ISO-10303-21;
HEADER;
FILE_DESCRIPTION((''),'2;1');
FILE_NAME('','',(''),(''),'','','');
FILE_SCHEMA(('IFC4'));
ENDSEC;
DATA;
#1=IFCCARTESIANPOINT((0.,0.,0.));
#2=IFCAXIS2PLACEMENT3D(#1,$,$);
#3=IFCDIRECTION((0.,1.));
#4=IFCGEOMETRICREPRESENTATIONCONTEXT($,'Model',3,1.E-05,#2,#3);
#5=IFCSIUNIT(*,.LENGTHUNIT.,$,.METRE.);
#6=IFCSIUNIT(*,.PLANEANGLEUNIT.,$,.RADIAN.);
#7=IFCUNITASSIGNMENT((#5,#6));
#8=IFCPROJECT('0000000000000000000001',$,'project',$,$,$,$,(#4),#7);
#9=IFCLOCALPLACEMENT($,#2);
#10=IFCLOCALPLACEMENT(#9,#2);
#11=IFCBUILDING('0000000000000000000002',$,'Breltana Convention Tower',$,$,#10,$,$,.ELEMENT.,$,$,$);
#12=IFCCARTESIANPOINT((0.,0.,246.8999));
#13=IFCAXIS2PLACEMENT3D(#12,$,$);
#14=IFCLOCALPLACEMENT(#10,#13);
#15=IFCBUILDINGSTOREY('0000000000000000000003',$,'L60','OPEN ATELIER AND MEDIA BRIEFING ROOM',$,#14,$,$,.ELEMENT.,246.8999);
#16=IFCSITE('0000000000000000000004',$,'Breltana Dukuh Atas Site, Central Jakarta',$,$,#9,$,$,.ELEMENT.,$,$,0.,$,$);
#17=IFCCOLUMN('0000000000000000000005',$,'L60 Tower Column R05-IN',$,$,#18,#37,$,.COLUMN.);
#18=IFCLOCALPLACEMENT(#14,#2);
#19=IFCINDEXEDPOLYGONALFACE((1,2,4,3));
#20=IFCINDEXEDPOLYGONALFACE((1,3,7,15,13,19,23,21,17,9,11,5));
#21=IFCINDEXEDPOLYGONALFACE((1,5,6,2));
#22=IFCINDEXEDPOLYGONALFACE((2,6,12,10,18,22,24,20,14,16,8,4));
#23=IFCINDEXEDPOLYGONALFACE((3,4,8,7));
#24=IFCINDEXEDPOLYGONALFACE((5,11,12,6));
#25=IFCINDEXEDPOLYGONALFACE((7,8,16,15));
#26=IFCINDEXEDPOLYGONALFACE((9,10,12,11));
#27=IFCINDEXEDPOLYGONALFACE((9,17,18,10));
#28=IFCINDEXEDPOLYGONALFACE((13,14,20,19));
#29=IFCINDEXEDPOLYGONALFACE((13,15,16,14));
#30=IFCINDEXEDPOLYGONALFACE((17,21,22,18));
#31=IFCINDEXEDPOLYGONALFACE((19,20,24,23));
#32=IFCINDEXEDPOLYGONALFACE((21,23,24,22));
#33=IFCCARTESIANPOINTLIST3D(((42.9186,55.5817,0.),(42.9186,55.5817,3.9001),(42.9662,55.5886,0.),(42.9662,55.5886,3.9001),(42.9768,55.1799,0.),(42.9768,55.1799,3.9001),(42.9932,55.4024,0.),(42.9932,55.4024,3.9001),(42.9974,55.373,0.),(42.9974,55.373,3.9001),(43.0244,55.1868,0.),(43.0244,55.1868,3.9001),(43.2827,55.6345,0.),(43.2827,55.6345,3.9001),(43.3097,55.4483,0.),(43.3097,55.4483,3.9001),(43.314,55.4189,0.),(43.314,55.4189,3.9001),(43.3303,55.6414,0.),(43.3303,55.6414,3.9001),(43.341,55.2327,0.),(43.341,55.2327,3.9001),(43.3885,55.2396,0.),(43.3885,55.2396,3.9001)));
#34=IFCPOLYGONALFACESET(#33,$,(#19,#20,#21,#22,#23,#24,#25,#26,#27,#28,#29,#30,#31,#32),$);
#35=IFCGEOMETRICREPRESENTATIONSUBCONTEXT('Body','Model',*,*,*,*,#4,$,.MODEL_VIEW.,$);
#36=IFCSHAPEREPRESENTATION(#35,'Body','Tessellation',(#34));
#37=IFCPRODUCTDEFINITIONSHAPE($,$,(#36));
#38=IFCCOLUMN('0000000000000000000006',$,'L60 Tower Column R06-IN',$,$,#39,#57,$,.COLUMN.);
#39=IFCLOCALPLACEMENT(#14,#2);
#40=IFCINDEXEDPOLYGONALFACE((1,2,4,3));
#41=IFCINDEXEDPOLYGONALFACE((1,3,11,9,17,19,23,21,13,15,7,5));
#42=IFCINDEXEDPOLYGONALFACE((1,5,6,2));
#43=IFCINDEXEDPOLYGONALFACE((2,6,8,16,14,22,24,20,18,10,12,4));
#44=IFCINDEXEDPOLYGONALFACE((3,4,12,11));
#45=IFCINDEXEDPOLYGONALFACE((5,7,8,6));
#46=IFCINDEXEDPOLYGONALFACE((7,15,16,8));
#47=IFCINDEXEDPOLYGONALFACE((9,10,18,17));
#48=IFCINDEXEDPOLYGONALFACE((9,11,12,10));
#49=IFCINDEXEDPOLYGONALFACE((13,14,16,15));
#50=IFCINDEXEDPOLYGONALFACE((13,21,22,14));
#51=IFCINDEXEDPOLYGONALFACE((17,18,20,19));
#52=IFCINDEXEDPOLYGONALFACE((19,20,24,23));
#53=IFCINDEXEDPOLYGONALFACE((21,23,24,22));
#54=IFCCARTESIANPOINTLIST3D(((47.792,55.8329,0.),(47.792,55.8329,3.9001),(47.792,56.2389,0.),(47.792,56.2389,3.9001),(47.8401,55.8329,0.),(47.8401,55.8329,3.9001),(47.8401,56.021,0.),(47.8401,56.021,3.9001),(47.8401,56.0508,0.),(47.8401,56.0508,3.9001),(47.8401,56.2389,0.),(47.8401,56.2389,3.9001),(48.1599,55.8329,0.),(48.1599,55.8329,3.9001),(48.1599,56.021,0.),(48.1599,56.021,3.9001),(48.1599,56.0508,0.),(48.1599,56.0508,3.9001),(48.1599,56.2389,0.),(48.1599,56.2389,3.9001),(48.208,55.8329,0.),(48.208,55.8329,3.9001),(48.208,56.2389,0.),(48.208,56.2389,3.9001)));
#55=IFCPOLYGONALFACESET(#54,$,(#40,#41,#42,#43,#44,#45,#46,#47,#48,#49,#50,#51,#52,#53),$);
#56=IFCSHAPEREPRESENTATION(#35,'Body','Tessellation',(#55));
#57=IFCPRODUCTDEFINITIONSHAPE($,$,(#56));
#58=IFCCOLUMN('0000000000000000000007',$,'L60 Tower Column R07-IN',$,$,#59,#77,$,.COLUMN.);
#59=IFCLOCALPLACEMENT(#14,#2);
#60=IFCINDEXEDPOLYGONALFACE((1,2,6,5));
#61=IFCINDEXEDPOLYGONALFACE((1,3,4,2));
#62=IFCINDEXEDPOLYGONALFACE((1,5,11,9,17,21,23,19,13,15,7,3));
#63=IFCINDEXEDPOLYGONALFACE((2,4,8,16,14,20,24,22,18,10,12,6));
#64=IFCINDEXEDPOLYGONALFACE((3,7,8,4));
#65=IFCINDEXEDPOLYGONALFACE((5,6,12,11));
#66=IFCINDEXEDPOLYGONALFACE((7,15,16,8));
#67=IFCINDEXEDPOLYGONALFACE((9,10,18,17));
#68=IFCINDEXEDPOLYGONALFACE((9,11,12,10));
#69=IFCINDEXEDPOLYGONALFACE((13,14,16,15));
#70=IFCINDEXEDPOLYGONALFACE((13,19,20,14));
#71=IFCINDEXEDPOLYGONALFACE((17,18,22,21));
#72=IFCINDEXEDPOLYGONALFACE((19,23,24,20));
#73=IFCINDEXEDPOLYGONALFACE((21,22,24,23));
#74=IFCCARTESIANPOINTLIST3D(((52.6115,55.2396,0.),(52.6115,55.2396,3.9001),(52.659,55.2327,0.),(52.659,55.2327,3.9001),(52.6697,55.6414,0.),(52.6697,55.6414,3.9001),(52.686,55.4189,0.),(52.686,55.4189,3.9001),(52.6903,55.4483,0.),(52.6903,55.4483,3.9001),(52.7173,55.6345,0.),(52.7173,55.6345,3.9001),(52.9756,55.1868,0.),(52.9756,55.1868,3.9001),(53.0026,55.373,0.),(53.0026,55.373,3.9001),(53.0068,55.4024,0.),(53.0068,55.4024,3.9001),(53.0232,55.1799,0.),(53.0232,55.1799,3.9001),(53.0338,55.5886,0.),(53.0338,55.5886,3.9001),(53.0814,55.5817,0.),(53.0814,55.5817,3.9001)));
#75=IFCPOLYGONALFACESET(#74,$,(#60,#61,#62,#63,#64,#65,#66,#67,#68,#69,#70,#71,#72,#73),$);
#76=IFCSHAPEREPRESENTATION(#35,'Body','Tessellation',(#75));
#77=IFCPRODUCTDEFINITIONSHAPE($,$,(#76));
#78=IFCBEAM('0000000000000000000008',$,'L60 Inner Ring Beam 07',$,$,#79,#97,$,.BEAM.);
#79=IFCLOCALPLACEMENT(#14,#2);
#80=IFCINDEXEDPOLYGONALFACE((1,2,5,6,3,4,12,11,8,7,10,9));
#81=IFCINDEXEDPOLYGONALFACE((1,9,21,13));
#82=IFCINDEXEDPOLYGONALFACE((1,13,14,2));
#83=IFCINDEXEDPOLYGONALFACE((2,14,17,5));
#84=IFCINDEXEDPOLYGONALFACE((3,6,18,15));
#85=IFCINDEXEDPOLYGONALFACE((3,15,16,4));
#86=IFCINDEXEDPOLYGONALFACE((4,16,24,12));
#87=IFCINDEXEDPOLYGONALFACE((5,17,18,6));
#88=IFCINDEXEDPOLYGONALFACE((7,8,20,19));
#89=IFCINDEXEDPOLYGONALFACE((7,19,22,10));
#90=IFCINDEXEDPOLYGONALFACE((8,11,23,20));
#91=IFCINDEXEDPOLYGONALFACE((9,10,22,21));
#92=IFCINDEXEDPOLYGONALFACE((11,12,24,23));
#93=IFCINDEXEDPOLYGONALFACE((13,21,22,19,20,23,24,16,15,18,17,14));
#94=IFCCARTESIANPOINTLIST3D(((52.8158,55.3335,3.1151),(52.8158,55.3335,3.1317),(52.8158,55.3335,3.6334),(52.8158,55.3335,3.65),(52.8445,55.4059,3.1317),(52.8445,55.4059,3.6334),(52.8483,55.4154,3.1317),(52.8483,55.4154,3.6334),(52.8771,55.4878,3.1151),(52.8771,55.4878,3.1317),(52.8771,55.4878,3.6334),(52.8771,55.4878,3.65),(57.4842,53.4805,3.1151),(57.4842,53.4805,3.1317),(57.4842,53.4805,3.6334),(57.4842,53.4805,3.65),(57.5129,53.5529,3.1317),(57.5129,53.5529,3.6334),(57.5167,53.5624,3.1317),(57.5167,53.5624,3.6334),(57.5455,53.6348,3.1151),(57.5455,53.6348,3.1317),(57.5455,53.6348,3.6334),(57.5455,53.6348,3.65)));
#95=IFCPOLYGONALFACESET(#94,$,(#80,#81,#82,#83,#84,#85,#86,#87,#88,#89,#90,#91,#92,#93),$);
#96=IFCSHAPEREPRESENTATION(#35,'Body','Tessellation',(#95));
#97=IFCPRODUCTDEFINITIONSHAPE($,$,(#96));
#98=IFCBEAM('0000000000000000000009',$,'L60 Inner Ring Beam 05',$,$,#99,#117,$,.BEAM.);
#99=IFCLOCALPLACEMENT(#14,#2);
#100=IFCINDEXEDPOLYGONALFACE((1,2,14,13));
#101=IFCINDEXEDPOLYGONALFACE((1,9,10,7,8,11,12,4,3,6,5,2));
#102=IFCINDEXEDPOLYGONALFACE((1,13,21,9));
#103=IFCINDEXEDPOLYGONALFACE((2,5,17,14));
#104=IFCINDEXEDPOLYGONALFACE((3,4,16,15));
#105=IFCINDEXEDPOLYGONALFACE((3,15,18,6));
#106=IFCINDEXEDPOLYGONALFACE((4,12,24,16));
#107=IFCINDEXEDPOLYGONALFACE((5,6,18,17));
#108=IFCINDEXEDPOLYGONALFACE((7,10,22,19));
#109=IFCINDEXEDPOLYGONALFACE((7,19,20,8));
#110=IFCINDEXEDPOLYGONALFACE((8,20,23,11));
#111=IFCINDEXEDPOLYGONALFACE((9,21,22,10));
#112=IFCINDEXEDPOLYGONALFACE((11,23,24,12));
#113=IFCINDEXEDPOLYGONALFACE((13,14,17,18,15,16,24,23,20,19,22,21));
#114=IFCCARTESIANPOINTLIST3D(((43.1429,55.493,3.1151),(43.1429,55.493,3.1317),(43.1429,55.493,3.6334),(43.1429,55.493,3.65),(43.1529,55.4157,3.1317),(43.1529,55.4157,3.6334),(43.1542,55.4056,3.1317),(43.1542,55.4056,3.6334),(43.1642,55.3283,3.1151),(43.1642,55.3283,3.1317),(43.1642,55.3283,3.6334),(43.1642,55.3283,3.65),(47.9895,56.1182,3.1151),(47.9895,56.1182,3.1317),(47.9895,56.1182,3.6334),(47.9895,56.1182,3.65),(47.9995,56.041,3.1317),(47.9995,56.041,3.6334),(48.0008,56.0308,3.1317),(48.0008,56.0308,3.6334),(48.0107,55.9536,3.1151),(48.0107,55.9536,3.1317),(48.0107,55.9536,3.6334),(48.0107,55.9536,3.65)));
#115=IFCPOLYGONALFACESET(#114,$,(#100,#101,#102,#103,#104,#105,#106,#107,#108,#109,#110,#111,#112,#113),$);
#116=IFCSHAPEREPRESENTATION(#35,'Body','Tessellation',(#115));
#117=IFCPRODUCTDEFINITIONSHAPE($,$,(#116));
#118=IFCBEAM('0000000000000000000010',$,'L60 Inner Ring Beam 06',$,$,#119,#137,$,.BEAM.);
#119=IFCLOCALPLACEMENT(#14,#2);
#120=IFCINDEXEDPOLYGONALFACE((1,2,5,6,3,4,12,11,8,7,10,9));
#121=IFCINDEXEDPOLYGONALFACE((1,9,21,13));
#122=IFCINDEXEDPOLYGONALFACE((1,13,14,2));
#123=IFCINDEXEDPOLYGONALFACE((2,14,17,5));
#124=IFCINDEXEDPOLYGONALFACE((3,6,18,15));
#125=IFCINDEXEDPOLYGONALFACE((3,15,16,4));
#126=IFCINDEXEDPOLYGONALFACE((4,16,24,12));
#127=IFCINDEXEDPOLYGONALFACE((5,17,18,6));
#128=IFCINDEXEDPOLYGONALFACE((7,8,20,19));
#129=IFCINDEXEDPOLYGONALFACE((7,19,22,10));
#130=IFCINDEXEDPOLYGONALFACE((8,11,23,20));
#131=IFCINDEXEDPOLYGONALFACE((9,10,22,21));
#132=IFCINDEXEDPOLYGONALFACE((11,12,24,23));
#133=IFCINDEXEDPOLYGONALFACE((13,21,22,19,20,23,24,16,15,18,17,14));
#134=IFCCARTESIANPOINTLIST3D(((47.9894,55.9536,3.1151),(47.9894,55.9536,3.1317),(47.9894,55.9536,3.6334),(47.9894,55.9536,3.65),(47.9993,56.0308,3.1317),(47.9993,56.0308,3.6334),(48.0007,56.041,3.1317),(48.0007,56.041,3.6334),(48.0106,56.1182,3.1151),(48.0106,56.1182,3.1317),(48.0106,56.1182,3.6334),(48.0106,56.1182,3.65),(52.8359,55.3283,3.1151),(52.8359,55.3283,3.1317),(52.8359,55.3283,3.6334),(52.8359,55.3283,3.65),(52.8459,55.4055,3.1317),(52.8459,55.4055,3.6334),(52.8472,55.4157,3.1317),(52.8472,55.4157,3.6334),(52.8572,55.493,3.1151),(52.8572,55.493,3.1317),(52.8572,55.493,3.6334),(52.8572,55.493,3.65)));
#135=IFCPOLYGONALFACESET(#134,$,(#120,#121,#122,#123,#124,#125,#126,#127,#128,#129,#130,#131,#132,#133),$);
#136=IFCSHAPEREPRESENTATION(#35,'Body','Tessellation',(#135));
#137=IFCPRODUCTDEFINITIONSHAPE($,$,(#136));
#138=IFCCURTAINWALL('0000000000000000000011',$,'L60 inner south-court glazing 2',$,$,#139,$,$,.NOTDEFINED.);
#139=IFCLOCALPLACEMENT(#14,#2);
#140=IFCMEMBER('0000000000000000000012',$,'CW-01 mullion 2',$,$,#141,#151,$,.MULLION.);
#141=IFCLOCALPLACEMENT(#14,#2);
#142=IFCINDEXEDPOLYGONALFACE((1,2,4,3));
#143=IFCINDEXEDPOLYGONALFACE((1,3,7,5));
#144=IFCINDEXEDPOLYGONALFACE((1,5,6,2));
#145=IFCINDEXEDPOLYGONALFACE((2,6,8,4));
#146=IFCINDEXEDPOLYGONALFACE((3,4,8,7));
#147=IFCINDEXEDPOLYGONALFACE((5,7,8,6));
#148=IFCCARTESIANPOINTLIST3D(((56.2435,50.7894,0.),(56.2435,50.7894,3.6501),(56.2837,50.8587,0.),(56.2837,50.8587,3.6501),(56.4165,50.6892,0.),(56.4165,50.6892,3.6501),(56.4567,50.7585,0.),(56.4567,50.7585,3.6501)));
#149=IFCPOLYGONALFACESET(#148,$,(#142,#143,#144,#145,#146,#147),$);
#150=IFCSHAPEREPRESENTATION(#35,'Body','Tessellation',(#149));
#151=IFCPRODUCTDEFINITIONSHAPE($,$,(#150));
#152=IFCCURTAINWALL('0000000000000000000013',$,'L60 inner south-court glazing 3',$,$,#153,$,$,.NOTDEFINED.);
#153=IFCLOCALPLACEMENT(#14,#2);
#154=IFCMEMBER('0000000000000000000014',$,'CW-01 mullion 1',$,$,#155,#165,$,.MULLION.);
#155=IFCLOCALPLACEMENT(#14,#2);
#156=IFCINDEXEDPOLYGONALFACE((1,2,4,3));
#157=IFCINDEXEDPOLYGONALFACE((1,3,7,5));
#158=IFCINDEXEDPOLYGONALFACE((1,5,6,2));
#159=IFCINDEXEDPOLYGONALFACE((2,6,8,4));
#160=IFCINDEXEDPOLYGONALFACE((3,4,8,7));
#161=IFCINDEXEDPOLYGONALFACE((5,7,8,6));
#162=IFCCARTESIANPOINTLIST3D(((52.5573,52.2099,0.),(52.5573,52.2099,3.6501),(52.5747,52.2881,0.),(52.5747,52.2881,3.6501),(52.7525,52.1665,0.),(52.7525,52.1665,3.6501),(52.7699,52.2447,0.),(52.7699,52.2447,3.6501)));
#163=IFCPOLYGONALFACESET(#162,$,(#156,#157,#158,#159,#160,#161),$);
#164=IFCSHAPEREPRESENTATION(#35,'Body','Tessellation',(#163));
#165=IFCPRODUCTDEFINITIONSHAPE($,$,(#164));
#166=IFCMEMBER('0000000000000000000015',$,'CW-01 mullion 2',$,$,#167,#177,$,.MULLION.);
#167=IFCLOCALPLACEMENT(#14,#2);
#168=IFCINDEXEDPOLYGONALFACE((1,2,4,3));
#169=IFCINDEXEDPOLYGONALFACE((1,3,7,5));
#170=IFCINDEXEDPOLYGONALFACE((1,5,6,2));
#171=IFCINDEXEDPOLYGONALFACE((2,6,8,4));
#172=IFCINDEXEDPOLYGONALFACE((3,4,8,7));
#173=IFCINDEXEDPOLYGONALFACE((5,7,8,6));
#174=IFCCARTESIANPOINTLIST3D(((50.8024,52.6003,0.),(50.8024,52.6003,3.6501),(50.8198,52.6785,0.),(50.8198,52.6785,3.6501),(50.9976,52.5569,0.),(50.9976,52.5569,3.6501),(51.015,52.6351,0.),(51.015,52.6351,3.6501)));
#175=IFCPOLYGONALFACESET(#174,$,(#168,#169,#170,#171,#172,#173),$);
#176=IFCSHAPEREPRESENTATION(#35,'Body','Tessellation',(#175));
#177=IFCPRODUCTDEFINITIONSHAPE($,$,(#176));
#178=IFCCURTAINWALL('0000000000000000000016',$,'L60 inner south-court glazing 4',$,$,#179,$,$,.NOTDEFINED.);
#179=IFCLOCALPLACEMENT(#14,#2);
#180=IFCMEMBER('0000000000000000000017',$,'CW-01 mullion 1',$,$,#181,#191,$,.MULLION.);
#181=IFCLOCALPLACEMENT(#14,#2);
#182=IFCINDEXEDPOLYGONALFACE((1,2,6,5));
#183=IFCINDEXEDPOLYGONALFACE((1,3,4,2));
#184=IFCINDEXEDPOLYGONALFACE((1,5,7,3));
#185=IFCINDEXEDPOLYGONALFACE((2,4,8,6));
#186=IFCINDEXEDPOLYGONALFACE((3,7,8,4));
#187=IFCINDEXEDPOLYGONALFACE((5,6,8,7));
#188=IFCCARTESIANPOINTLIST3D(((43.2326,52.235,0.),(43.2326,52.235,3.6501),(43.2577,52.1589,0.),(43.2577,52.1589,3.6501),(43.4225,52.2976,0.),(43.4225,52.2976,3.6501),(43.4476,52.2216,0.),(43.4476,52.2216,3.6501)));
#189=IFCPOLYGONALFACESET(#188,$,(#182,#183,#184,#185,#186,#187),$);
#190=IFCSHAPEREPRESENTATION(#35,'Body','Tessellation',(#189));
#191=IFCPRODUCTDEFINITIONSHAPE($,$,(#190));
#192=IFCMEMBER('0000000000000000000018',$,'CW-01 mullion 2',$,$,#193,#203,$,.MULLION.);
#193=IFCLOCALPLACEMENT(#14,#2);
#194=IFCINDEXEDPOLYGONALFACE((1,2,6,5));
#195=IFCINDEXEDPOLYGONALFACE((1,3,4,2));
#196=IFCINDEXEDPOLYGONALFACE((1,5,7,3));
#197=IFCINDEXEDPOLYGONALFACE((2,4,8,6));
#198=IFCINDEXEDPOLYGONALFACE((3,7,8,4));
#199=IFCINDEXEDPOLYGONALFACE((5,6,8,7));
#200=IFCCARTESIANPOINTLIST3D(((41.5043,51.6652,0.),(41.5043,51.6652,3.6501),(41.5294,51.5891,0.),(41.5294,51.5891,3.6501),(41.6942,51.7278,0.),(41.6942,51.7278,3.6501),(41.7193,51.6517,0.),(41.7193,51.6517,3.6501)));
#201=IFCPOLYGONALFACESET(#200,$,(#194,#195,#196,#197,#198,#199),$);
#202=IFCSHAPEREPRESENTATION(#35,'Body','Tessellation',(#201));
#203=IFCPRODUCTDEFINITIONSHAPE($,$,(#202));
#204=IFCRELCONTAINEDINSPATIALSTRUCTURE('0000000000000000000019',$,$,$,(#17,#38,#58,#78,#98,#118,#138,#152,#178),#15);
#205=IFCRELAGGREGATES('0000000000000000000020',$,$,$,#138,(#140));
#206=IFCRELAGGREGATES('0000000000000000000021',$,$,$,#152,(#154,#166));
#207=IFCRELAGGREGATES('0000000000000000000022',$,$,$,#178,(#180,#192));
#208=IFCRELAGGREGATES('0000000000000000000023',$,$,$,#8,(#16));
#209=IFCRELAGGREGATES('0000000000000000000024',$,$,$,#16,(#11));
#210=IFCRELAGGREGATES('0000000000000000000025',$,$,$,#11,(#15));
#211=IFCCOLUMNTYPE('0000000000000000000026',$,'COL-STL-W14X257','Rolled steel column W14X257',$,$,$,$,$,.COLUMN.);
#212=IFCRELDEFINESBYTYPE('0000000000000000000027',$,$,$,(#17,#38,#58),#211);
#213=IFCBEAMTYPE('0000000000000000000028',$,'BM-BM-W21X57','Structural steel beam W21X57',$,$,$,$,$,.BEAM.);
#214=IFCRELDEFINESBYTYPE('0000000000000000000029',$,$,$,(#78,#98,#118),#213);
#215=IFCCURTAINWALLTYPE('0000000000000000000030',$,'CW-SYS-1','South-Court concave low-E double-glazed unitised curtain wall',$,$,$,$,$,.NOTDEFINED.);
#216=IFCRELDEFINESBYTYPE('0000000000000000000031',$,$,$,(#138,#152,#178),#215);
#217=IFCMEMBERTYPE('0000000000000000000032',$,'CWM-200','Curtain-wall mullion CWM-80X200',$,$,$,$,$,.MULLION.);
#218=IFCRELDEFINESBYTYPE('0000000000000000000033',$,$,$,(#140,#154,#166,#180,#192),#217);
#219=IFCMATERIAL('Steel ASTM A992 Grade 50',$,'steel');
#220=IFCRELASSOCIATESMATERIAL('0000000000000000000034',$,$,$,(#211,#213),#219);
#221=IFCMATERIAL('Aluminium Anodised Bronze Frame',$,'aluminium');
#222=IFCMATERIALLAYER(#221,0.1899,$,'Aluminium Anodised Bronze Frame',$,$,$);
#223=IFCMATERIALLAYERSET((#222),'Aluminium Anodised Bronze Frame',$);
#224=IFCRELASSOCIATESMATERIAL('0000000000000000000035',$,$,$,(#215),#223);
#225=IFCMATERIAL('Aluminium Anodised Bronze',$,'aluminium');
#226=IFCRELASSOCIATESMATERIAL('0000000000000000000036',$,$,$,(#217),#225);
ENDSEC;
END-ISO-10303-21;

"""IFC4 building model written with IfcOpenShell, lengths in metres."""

from ifc_helpers import new_model, si_unit, direction, frame, origin, origin_2d, place, context, subcontext, project, spatial, rectangle, i_section, extrude, source, transform, mapped, material, layer, layer_set, material_profile, profile_set, type_object, element, aggregate, save


model = new_model("IFC4")

# Units and contexts
model_context = context("Model", 3, precision=1e-05, world=origin(), true_north=direction((0.0, 1.0)))
body_context = subcontext(model_context, "Body", "Model", "MODEL_VIEW")
ifc_project = project(units=[si_unit("LENGTHUNIT", "METRE"), si_unit("PLANEANGLEUNIT", "RADIAN")], contexts=[model_context])

# Site, building, storey
site_placement = place(None, origin())
site = spatial("IfcSite", under=ifc_project, at=site_placement, Name="Breltana Dukuh Atas Site, Central Jakarta", CompositionType="ELEMENT", RefElevation=0.0)
building_placement = place(site_placement, origin())
building = spatial("IfcBuilding", under=site, at=building_placement, Name="Breltana Convention Tower", CompositionType="ELEMENT")
storey_placement = place(building_placement, frame((0.0, 0.0, 246.8999)))
storey = spatial("IfcBuildingStorey", under=building, at=storey_placement, Name="L60", Description="OPEN ATELIER AND MEDIA BRIEFING ROOM", CompositionType="ELEMENT", Elevation=246.8999)

# Columns
ifc_material_1 = material(Name="Steel ASTM A992 Grade 50", Category="steel")
ifc_material_profile_1 = material_profile(ifc_material_1, i_section(OverallWidth=0.406, OverallDepth=0.416, WebThickness=0.0298, FlangeThickness=0.0481, at=origin_2d()), Name="W14X257")
ifc_profile_set_1 = profile_set([ifc_material_profile_1], Name="Steel ASTM A992 Grade 50")
column_type = type_object("IfcColumnType", Name="COL-STL-W14X257", Description="Rolled steel column W14X257", PredefinedType="COLUMN", material=ifc_profile_set_1)
shared_shape_1 = source(origin(), body_context, "Body", "SweptSolid", [
    extrude(i_section(OverallWidth=0.406, OverallDepth=0.416, WebThickness=0.0298, FlangeThickness=0.0481, at=origin_2d()), origin(), (0.0, 0.0, 1.0), 3.9001),
])
for number, where, z_axis, x_axis, name in (
    (1, (43.1536, 55.4106, 0.0), (0.0, 0.0, 1.0), (-0.143493, 0.989651, 0.0), "L60 Tower Column R05-IN"),
    (2, (48.0, 56.0359, 0.0), (0.0, 0.0, 1.0), (0.0, 1.0, 0.0), "L60 Tower Column R06-IN"),
    (3, (52.8464, 55.4106, 0.0), (0.0, 0.0, 1.0), (0.143493, 0.989651, 0.0), "L60 Tower Column R07-IN"),
):
    element("IfcColumn", number, at=place(storey_placement, frame(where, z_axis=z_axis, x_axis=x_axis)), inside=storey, type_object=column_type, Name=name, PredefinedType="COLUMN", context=body_context, shape_type="MappedRepresentation", body=[
        mapped(shared_shape_1, transform((0.0, 0.0, 0.0), scale=1.0)),
    ])

# Beams
ifc_material_profile_2 = material_profile(ifc_material_1, i_section(OverallWidth=0.166, OverallDepth=0.5349, WebThickness=0.0103, FlangeThickness=0.0166, at=origin_2d()), Name="W21X57")
ifc_profile_set_2 = profile_set([ifc_material_profile_2], Name="Steel ASTM A992 Grade 50")
beam_type = type_object("IfcBeamType", Name="BM-BM-W21X57", Description="Structural steel beam W21X57", PredefinedType="BEAM", material=ifc_profile_set_2)
shared_shape_2 = source(origin(), body_context, "Body", "SweptSolid", [
    extrude(i_section(OverallWidth=0.166, OverallDepth=0.5349, WebThickness=0.0103, FlangeThickness=0.0166, at=origin_2d()), origin(), (0.0, 0.0, 1.0), 5.0227),
])
beam_placement = place(storey_placement, frame((52.8464, 55.4106, 3.3826), z_axis=(0.929459, -0.368926, 0.0), x_axis=(0.368926, 0.929459, 0.0)))
element("IfcBeam", 4, at=beam_placement, inside=storey, type_object=beam_type, Name="L60 Inner Ring Beam 07", PredefinedType="BEAM", context=body_context, shape_type="MappedRepresentation", body=[
    mapped(shared_shape_2, transform((0.0, 0.0, 0.0), scale=1.0)),
])
shared_shape_3 = source(origin(), body_context, "Body", "SweptSolid", [
    extrude(i_section(OverallWidth=0.166, OverallDepth=0.5349, WebThickness=0.0103, FlangeThickness=0.0166, at=origin_2d()), origin(), (0.0, 0.0, 1.0), 4.8867),
])
for number, where, z_axis, x_axis, name in (
    (5, (43.1536, 55.4106, 3.3826), (0.991781, 0.127951, 0.0), (-0.127951, 0.991781, 0.0), "L60 Inner Ring Beam 05"),
    (6, (48.0, 56.0359, 3.3826), (0.991781, -0.127951, 0.0), (0.127951, 0.991781, 0.0), "L60 Inner Ring Beam 06"),
):
    element("IfcBeam", number, at=place(storey_placement, frame(where, z_axis=z_axis, x_axis=x_axis)), inside=storey, type_object=beam_type, Name=name, PredefinedType="BEAM", context=body_context, shape_type="MappedRepresentation", body=[
        mapped(shared_shape_3, transform((0.0, 0.0, 0.0), scale=1.0)),
    ])

# Curtain wall, member
ifc_material_2 = material(Name="Aluminium Anodised Bronze Frame", Category="aluminium")
ifc_layer_1 = layer(ifc_material_2, 0.1899, Name="Aluminium Anodised Bronze Frame")
ifc_layer_set_1 = layer_set([ifc_layer_1], Name="Aluminium Anodised Bronze Frame")
curtain_wall_type = type_object("IfcCurtainWallType", Name="CW-SYS-1", Description="South-Court concave low-E double-glazed unitised curtain wall", PredefinedType="NOTDEFINED", material=ifc_layer_set_1)
curtain_wall_1_placement = place(storey_placement, origin())
curtain_wall_1 = element("IfcCurtainWall", 7, at=curtain_wall_1_placement, inside=storey, type_object=curtain_wall_type, Name="L60 inner south-court glazing 2", PredefinedType="NOTDEFINED")
ifc_material_3 = material(Name="Aluminium Anodised Bronze", Category="aluminium")
ifc_material_profile_3 = material_profile(ifc_material_3, rectangle(XDim=0.0801, YDim=0.2, at=origin_2d()), Name="CWM-80X200")
ifc_profile_set_3 = profile_set([ifc_material_profile_3], Name="Aluminium Anodised Bronze")
member_type_1 = type_object("IfcMemberType", Name="CWM-200", Description="Curtain-wall mullion CWM-80X200", PredefinedType="MULLION", material=ifc_profile_set_3)
shared_shape_4 = source(origin(), body_context, "Body", "SweptSolid", [
    extrude(rectangle(XDim=0.0801, YDim=0.2, at=origin_2d()), origin(), (0.0, 0.0, 1.0), 3.6501),
])
member_1_placement = place(storey_placement, frame((56.3501, 50.7739, 0.0), z_axis=(0.0, 0.0, 1.0), x_axis=(-0.50119, -0.865337, 0.0)))
member_1 = element("IfcMember", 8, at=member_1_placement, type_object=member_type_1, Name="CW-01 mullion 2", PredefinedType="MULLION", context=body_context, shape_type="MappedRepresentation", body=[
    mapped(shared_shape_4, transform((0.0, 0.0, 0.0), scale=1.0)),
])
aggregate(curtain_wall_1, [member_1])

# Curtain walls, members
curtain_wall_2_placement = place(storey_placement, origin())
curtain_wall_2 = element("IfcCurtainWall", 9, at=curtain_wall_2_placement, inside=storey, type_object=curtain_wall_type, Name="L60 inner south-court glazing 3", PredefinedType="NOTDEFINED")
member_2_placement = place(storey_placement, frame((52.6636, 52.2273, 0.0), z_axis=(0.0, 0.0, 1.0), x_axis=(-0.217128, -0.976143, 0.0)))
member_2 = element("IfcMember", 10, at=member_2_placement, type_object=member_type_1, Name="CW-01 mullion 1", PredefinedType="MULLION", context=body_context, shape_type="MappedRepresentation", body=[
    mapped(shared_shape_4, transform((0.0, 0.0, 0.0), scale=1.0)),
])
member_3_placement = place(storey_placement, frame((50.9087, 52.6177, 0.0), z_axis=(0.0, 0.0, 1.0), x_axis=(-0.217128, -0.976143, 0.0)))
member_3 = element("IfcMember", 11, at=member_3_placement, type_object=member_type_1, Name="CW-01 mullion 2", PredefinedType="MULLION", context=body_context, shape_type="MappedRepresentation", body=[
    mapped(shared_shape_4, transform((0.0, 0.0, 0.0), scale=1.0)),
])
curtain_wall_3_placement = place(storey_placement, origin())
curtain_wall_3 = element("IfcCurtainWall", 12, at=curtain_wall_3_placement, inside=storey, type_object=curtain_wall_type, Name="L60 inner south-court glazing 4", PredefinedType="NOTDEFINED")
member_4_placement = place(storey_placement, frame((43.3401, 52.2283, 0.0), z_axis=(0.0, 0.0, 1.0), x_axis=(0.313194, -0.949689, 0.0)))
member_4 = element("IfcMember", 13, at=member_4_placement, type_object=member_type_1, Name="CW-01 mullion 1", PredefinedType="MULLION", context=body_context, shape_type="MappedRepresentation", body=[
    mapped(shared_shape_4, transform((0.0, 0.0, 0.0), scale=1.0)),
])
member_5_placement = place(storey_placement, frame((41.6118, 51.6584, 0.0), z_axis=(0.0, 0.0, 1.0), x_axis=(0.313194, -0.949689, 0.0)))
member_5 = element("IfcMember", 14, at=member_5_placement, type_object=member_type_1, Name="CW-01 mullion 2", PredefinedType="MULLION", context=body_context, shape_type="MappedRepresentation", body=[
    mapped(shared_shape_4, transform((0.0, 0.0, 0.0), scale=1.0)),
])

aggregate(curtain_wall_2, [member_2, member_3])
aggregate(curtain_wall_3, [member_4, member_5])

save(model, "model.ifc")
